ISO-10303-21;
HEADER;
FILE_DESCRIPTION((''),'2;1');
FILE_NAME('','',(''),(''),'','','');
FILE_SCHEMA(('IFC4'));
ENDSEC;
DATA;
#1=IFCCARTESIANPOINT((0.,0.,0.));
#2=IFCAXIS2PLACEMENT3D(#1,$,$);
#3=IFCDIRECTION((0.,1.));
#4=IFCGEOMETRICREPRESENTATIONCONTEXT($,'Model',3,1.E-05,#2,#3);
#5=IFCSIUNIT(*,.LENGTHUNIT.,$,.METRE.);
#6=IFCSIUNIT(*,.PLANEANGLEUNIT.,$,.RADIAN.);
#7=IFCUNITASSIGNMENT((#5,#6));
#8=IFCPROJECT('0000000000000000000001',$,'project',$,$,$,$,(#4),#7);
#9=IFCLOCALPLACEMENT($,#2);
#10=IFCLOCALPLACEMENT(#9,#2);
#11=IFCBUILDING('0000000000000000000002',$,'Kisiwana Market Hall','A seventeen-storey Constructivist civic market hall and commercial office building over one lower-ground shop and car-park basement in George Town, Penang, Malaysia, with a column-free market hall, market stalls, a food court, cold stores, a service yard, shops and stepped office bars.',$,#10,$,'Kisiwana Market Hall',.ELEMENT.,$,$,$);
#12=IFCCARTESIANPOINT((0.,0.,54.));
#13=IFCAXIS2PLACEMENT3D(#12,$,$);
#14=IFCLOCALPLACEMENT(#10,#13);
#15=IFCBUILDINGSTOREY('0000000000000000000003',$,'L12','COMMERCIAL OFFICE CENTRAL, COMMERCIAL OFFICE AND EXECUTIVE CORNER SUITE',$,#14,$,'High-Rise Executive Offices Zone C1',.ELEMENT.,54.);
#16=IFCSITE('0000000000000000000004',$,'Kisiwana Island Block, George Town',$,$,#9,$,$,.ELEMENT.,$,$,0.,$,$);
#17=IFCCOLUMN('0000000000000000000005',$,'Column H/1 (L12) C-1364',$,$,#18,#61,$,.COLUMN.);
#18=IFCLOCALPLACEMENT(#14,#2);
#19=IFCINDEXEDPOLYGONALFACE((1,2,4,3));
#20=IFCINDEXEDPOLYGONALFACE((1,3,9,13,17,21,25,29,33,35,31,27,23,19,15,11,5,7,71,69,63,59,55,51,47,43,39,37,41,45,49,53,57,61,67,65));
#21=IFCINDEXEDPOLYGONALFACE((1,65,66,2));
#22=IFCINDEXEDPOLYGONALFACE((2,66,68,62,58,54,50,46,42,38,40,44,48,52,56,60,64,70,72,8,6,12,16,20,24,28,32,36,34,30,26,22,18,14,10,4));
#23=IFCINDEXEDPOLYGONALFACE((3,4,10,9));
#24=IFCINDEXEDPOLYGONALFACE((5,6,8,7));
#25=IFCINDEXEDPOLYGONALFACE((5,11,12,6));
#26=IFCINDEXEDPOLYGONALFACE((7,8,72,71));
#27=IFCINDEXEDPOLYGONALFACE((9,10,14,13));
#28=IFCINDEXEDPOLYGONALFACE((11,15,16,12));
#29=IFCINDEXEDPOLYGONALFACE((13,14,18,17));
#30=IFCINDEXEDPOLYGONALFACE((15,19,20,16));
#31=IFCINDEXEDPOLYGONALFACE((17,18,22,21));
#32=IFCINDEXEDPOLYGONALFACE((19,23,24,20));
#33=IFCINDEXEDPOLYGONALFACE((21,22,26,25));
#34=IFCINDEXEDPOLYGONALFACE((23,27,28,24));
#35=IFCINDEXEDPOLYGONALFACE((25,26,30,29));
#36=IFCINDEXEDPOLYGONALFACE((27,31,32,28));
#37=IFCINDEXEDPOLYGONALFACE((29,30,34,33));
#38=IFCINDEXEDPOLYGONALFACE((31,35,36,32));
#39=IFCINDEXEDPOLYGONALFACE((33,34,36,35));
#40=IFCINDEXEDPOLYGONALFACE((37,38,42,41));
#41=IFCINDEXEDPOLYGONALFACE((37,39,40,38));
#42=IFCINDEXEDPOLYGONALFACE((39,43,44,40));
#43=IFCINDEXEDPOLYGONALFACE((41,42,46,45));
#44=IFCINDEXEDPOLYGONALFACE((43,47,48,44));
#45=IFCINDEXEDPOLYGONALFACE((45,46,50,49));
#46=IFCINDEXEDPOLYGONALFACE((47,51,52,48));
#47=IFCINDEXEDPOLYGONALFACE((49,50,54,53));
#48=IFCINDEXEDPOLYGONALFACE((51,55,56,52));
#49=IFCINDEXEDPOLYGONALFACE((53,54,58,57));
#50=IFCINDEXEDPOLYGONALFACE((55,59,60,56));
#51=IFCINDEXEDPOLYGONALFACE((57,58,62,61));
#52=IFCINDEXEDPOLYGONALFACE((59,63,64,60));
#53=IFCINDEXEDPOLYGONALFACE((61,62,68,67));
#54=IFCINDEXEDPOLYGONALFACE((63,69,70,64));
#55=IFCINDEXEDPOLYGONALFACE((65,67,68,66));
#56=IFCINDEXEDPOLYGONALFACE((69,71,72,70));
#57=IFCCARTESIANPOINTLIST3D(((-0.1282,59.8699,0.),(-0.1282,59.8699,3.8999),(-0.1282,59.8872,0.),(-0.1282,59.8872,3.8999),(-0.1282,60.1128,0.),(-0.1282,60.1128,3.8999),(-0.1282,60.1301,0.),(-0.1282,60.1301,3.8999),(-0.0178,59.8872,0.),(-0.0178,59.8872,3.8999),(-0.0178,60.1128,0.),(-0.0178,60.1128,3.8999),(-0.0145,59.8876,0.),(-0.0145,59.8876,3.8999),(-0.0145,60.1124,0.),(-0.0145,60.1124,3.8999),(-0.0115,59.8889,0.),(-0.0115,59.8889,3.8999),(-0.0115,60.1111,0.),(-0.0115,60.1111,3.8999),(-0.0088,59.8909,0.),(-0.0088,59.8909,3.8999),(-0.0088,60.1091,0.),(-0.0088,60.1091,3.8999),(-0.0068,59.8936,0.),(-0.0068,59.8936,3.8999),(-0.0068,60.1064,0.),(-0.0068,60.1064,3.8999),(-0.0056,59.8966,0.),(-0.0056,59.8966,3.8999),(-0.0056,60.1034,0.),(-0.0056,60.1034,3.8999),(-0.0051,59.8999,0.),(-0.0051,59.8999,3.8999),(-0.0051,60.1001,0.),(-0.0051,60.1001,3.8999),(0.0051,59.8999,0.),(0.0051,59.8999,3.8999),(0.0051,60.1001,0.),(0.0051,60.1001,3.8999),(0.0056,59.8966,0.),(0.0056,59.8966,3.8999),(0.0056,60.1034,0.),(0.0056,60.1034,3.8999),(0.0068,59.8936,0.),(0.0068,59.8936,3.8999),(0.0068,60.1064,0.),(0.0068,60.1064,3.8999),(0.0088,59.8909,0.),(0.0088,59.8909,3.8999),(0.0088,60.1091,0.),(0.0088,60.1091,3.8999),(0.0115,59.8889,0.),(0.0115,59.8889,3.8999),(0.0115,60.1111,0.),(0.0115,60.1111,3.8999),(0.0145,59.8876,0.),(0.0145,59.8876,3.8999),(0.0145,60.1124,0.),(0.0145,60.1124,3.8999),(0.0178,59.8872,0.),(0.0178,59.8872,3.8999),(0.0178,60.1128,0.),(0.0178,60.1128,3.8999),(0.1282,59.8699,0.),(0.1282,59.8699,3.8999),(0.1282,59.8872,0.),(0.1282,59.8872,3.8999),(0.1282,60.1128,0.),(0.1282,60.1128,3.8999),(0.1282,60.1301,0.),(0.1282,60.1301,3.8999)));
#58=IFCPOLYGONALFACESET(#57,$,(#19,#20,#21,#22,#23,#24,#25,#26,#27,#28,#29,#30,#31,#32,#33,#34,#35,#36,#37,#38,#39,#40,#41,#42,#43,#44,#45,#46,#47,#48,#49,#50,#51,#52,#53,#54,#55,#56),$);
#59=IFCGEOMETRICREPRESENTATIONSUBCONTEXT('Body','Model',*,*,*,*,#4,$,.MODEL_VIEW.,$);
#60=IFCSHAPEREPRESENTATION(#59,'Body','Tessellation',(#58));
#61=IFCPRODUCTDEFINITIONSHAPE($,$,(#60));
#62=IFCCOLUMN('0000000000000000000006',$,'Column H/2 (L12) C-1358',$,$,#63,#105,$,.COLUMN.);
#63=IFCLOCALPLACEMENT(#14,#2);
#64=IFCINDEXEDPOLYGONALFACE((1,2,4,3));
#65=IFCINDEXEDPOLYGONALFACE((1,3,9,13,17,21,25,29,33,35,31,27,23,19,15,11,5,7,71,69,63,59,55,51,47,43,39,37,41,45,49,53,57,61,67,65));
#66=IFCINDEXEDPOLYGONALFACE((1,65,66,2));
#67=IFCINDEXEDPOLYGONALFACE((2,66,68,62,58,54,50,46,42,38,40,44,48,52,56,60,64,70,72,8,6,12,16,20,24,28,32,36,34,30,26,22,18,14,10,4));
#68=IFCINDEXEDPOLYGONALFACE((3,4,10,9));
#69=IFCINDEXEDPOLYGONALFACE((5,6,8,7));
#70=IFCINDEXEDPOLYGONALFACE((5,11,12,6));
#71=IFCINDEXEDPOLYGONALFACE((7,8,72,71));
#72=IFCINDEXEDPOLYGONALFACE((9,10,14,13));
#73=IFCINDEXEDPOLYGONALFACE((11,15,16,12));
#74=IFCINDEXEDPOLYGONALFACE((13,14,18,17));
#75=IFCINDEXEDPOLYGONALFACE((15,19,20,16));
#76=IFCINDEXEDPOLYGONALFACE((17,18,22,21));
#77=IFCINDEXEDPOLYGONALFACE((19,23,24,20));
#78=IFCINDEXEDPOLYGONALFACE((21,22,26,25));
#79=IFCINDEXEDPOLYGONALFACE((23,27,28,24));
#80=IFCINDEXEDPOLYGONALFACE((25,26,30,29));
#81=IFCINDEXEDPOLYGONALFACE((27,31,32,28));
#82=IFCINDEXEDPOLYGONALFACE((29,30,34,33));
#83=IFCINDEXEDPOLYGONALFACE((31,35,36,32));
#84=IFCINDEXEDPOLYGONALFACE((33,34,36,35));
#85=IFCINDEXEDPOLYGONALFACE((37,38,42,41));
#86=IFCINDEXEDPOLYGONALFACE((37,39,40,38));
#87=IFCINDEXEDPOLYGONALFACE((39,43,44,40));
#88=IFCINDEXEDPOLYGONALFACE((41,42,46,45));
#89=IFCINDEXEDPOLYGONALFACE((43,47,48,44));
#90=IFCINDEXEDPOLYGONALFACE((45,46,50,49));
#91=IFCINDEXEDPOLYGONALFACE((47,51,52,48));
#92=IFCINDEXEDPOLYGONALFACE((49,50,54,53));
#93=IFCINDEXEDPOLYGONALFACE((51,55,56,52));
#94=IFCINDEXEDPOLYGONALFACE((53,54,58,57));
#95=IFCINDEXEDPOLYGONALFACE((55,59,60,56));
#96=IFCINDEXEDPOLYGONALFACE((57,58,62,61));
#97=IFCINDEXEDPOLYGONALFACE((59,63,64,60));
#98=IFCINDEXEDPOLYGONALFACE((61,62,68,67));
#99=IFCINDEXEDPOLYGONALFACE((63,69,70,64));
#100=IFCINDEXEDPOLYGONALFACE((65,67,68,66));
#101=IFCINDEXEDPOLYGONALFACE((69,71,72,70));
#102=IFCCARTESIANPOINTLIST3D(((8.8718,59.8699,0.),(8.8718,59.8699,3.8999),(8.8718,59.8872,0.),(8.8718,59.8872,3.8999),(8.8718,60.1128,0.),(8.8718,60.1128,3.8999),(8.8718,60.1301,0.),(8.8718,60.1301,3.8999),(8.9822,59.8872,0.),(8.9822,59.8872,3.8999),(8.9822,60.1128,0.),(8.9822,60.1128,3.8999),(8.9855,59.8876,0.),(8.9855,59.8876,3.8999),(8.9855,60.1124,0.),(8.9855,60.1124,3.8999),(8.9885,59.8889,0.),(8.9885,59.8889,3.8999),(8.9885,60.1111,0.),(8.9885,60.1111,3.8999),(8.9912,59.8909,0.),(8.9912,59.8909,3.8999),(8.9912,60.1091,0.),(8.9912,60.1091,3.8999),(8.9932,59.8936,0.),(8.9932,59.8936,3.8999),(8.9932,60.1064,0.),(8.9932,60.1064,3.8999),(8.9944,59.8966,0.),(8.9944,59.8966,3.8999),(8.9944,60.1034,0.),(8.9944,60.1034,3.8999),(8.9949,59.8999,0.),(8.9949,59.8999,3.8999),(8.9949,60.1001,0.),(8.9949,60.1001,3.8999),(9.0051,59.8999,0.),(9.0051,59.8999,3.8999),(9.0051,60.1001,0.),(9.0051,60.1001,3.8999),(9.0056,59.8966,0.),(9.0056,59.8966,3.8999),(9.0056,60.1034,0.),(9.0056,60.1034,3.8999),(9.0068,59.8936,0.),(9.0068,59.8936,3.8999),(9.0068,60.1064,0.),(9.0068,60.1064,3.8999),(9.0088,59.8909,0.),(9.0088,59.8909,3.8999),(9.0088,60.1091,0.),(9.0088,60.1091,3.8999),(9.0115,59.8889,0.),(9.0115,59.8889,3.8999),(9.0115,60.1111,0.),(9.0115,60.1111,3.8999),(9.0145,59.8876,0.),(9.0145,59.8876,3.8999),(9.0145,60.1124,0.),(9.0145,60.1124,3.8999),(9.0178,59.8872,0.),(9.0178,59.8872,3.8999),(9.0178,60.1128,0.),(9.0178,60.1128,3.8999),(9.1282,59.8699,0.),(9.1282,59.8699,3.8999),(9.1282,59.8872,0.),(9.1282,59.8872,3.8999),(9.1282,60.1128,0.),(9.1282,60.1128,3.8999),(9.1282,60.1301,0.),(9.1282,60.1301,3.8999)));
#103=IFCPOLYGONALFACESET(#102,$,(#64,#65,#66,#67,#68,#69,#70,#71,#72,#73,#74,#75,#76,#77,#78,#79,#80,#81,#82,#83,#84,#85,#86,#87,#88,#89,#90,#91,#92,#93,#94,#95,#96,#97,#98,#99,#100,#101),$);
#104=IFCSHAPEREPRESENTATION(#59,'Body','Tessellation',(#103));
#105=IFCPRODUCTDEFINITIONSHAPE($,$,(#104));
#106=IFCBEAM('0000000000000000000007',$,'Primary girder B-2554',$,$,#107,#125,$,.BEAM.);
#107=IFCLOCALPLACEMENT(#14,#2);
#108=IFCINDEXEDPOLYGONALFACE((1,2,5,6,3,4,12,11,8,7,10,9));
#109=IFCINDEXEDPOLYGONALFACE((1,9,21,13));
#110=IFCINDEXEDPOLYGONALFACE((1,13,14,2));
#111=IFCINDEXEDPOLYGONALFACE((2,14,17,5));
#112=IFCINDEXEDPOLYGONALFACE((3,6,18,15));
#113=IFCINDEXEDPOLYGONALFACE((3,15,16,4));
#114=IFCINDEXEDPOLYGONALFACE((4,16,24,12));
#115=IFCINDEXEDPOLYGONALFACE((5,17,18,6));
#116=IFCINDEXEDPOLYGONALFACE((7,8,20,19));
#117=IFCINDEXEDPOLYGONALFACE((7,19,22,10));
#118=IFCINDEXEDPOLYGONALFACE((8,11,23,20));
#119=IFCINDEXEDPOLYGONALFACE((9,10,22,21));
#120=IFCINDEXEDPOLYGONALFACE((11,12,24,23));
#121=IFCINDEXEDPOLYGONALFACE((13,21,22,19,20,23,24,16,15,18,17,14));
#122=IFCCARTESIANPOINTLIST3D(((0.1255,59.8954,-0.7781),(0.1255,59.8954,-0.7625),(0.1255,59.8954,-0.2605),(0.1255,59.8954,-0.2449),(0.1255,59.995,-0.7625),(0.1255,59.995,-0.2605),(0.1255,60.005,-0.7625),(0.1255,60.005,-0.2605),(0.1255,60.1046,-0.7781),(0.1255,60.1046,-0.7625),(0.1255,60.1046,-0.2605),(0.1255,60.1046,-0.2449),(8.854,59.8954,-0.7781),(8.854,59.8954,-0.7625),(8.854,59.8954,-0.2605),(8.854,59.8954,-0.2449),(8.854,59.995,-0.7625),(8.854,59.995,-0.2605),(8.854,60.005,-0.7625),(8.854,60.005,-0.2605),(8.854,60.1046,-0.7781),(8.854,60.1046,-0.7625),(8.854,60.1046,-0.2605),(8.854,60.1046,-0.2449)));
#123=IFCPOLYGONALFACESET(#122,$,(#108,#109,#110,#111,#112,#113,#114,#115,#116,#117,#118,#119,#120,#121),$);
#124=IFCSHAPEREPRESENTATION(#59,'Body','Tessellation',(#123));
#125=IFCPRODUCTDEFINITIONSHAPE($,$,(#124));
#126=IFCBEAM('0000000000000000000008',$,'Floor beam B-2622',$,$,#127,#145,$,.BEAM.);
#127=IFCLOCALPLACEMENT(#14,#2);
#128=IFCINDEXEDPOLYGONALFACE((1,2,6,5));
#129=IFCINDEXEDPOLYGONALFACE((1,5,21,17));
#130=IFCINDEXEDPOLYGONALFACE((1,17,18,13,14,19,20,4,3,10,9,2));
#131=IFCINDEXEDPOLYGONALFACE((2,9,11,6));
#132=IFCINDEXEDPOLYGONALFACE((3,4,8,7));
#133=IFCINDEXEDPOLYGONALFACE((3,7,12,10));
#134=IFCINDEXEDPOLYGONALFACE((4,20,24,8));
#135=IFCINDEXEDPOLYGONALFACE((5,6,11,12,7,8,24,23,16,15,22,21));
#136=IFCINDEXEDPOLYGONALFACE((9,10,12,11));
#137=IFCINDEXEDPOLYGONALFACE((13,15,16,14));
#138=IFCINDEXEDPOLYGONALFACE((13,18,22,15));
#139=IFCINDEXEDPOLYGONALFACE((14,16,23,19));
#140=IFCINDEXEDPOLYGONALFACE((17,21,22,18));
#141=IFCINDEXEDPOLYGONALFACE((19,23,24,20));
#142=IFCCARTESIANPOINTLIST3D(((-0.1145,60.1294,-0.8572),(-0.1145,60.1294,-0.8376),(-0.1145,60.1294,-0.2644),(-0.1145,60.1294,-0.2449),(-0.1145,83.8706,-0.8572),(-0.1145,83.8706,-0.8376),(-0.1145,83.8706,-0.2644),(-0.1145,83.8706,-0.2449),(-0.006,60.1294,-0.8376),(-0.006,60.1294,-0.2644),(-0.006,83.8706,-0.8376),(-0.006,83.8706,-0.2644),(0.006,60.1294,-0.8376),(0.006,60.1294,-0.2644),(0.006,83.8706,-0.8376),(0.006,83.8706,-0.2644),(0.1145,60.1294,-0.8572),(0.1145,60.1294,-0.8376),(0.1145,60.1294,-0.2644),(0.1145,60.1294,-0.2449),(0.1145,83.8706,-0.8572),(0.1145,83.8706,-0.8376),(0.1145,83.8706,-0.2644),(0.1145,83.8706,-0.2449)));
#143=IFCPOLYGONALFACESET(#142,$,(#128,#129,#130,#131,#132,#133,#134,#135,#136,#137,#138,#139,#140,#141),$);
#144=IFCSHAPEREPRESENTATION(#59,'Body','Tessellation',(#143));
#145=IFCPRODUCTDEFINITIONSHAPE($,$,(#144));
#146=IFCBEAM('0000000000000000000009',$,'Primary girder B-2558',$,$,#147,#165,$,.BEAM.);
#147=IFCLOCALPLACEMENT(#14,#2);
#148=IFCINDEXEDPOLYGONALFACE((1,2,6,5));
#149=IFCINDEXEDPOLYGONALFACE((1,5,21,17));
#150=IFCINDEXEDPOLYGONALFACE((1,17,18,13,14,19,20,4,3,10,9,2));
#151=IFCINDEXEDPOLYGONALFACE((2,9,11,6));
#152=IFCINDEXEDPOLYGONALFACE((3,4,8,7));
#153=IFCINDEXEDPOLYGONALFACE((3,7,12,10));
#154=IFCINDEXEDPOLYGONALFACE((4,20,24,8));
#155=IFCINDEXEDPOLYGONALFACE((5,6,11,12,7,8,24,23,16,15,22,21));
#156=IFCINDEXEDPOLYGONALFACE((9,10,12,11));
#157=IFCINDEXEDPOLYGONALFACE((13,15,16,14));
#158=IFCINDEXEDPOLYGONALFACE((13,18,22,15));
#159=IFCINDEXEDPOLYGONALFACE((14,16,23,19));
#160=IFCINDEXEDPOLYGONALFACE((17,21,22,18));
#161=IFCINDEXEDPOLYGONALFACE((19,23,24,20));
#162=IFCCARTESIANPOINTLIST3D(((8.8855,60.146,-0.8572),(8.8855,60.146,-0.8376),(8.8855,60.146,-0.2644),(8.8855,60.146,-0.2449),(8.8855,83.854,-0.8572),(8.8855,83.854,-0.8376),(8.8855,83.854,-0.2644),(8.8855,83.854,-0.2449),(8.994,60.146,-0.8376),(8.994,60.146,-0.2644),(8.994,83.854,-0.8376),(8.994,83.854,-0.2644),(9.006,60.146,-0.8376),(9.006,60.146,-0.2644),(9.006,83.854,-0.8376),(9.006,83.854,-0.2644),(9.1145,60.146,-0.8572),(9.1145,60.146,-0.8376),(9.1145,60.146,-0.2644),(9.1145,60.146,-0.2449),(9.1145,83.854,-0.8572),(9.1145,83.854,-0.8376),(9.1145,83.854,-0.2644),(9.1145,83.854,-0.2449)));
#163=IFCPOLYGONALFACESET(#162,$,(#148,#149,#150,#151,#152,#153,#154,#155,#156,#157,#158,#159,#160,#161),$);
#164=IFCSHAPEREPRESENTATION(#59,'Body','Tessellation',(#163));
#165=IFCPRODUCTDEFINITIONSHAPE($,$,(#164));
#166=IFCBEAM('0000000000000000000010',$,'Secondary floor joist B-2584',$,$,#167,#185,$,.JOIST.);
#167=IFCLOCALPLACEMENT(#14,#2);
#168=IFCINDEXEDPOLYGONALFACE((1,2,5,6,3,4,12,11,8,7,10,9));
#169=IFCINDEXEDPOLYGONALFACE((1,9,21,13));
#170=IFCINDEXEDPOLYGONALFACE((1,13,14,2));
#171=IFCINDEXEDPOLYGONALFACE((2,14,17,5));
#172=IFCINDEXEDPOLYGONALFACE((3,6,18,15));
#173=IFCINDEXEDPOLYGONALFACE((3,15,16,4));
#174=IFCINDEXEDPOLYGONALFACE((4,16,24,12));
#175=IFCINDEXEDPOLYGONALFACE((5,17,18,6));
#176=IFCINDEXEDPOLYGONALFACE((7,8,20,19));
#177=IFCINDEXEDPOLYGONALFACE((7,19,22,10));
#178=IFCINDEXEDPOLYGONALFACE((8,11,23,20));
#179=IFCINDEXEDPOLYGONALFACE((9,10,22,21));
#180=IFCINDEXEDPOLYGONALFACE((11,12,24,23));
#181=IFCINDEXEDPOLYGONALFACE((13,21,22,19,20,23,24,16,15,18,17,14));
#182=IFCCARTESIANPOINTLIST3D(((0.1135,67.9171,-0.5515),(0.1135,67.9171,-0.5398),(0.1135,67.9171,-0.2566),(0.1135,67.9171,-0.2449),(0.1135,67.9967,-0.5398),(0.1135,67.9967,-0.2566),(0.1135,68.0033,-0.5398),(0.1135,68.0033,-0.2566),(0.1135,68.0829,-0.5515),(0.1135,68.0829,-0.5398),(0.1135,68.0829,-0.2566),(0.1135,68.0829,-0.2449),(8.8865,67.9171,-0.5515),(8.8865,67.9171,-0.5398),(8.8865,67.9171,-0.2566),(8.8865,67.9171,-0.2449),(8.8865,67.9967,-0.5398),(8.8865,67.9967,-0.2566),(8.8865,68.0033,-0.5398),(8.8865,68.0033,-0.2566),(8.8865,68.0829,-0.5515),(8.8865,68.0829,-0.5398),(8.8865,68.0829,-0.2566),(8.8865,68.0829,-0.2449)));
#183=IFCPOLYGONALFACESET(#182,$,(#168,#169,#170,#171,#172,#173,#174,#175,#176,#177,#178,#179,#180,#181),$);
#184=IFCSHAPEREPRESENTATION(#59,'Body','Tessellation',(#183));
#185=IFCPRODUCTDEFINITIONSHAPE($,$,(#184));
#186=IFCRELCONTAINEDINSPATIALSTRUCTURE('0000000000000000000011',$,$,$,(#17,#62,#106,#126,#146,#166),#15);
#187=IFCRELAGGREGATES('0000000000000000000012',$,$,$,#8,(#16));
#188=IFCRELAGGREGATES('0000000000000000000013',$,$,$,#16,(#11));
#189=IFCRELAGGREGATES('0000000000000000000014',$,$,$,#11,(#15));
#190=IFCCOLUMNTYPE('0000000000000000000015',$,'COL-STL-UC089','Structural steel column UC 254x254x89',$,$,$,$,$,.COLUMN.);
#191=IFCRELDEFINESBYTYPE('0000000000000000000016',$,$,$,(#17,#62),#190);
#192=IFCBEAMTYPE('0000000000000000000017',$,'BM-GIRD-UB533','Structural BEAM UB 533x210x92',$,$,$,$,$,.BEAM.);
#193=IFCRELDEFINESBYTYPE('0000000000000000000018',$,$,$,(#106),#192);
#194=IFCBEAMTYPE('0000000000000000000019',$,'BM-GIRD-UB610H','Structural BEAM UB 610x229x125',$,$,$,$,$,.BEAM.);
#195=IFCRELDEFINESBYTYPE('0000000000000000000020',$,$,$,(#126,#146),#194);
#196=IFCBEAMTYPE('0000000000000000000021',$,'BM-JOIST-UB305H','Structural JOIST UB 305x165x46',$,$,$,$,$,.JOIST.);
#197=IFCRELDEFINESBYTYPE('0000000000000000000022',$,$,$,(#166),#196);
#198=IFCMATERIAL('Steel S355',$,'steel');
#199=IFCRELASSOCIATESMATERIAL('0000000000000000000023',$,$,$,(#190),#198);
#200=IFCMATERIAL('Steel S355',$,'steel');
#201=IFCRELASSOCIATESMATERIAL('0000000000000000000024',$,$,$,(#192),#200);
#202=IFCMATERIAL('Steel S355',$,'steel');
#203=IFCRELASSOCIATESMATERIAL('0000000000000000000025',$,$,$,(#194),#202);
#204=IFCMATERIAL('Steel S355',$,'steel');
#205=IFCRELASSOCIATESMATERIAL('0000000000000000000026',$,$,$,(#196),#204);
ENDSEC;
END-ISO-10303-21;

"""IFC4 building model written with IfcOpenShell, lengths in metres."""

from ifc_helpers import new_model, si_unit, direction, frame, origin, origin_2d, place, context, subcontext, project, spatial, i_section, extrude, material, material_profile, profile_set, type_object, element, save


model = new_model("IFC4")

# Units and contexts
model_context = context("Model", 3, precision=1e-05, world=origin(), true_north=direction((0.0, 1.0)))
body_context = subcontext(model_context, "Body", "Model", "MODEL_VIEW")
ifc_project = project(units=[si_unit("LENGTHUNIT", "METRE"), si_unit("PLANEANGLEUNIT", "RADIAN")], contexts=[model_context])

# Site, building, storey
site_placement = place(None, origin())
site = spatial("IfcSite", under=ifc_project, at=site_placement, Name="Kisiwana Island Block, George Town", CompositionType="ELEMENT", RefElevation=0.0)
building_placement = place(site_placement, origin())
building = spatial("IfcBuilding", under=site, at=building_placement, Name="Kisiwana Market Hall", Description="A seventeen-storey Constructivist civic market hall and commercial office building over one lower-ground shop and car-park basement in George Town, Penang, Malaysia, with a column-free market hall, market stalls, a food court, cold stores, a service yard, shops and stepped office bars.", LongName="Kisiwana Market Hall", CompositionType="ELEMENT")
storey_placement = place(building_placement, frame((0.0, 0.0, 54.0)))
storey = spatial("IfcBuildingStorey", under=building, at=storey_placement, Name="L12", Description="COMMERCIAL OFFICE CENTRAL, COMMERCIAL OFFICE AND EXECUTIVE CORNER SUITE", LongName="High-Rise Executive Offices Zone C1", CompositionType="ELEMENT", Elevation=54.0)

# Columns
ifc_material_1 = material(Name="Steel S355", Category="steel")
ifc_material_profile_1 = material_profile(ifc_material_1, i_section(OverallWidth=0.2563, OverallDepth=0.2603, WebThickness=0.0103, FlangeThickness=0.0173, FilletRadius=0.0127, at=origin_2d()), Name="UC 254x254x89")
ifc_profile_set_1 = profile_set([ifc_material_profile_1], Name="Steel S355")
column_type = type_object("IfcColumnType", Name="COL-STL-UC089", Description="Structural steel column UC 254x254x89", PredefinedType="COLUMN", material=ifc_profile_set_1)
for number, where, z_axis, x_axis, name in (
    (1, (0.0, 60.0, 0.0), (0.0, 0.0, 1.0), (1.0, 0.0, 0.0), "Column H/1 (L12) C-1364"),
    (2, (9.0, 60.0, 0.0), (0.0, 0.0, 1.0), (1.0, 0.0, 0.0), "Column H/2 (L12) C-1358"),
):
    element("IfcColumn", number, at=place(storey_placement, frame(where, z_axis=z_axis, x_axis=x_axis)), inside=storey, type_object=column_type, Name=name, PredefinedType="COLUMN", context=body_context, shape_type="SweptSolid", body=[
        extrude(i_section(OverallWidth=0.2563, OverallDepth=0.2603, WebThickness=0.0103, FlangeThickness=0.0173, FilletRadius=0.0127, at=origin_2d()), origin(), (0.0, 0.0, 1.0), 3.8999),
    ])

# Beams
ifc_material_2 = material(Name="Steel S355", Category="steel")
ifc_material_profile_2 = material_profile(ifc_material_2, i_section(OverallWidth=0.2092, OverallDepth=0.5332, WebThickness=0.01, FlangeThickness=0.0156, at=origin_2d()), Name="UB 533x210x92")
ifc_profile_set_2 = profile_set([ifc_material_profile_2], Name="Steel S355")
beam_type_1 = type_object("IfcBeamType", Name="BM-GIRD-UB533", Description="Structural BEAM UB 533x210x92", PredefinedType="BEAM", material=ifc_profile_set_2)
beam_1_placement = place(storey_placement, frame((0.1255, 60.0, -0.5115), z_axis=(1.0, 0.0, 0.0), x_axis=(0.0, 1.0, 0.0)))
element("IfcBeam", 3, at=beam_1_placement, inside=storey, type_object=beam_type_1, Name="Primary girder B-2554", PredefinedType="BEAM", context=body_context, shape_type="SweptSolid", body=[
    extrude(i_section(OverallWidth=0.2092, OverallDepth=0.5332, WebThickness=0.01, FlangeThickness=0.0156, at=origin_2d()), origin(), (0.0, 0.0, 1.0), 8.7285),
])
ifc_material_3 = material(Name="Steel S355", Category="steel")
ifc_material_profile_3 = material_profile(ifc_material_3, i_section(OverallWidth=0.229, OverallDepth=0.6123, WebThickness=0.012, FlangeThickness=0.0195, at=origin_2d()), Name="UB 610x229x125")
ifc_profile_set_3 = profile_set([ifc_material_profile_3], Name="Steel S355")
beam_type_2 = type_object("IfcBeamType", Name="BM-GIRD-UB610H", Description="Structural BEAM UB 610x229x125", PredefinedType="BEAM", material=ifc_profile_set_3)
beam_2_placement = place(storey_placement, frame((0.0, 60.1294, -0.551), z_axis=(0.0, 1.0, 0.0), x_axis=(-1.0, 0.0, 0.0)))
element("IfcBeam", 4, at=beam_2_placement, inside=storey, type_object=beam_type_2, Name="Floor beam B-2622", PredefinedType="BEAM", context=body_context, shape_type="SweptSolid", body=[
    extrude(i_section(OverallWidth=0.229, OverallDepth=0.6123, WebThickness=0.012, FlangeThickness=0.0195, at=origin_2d()), origin(), (0.0, 0.0, 1.0), 23.7412),
])
beam_3_placement = place(storey_placement, frame((9.0, 60.146, -0.551), z_axis=(0.0, 1.0, 0.0), x_axis=(-1.0, 0.0, 0.0)))
element("IfcBeam", 5, at=beam_3_placement, inside=storey, type_object=beam_type_2, Name="Primary girder B-2558", PredefinedType="BEAM", context=body_context, shape_type="SweptSolid", body=[
    extrude(i_section(OverallWidth=0.229, OverallDepth=0.6123, WebThickness=0.012, FlangeThickness=0.0195, at=origin_2d()), origin(), (0.0, 0.0, 1.0), 23.708),
])
ifc_material_4 = material(Name="Steel S355", Category="steel")
ifc_material_profile_4 = material_profile(ifc_material_4, i_section(OverallWidth=0.1658, OverallDepth=0.3066, WebThickness=0.0066, FlangeThickness=0.0117, at=origin_2d()), Name="UB 305x165x46")
ifc_profile_set_4 = profile_set([ifc_material_profile_4], Name="Steel S355")
beam_type_3 = type_object("IfcBeamType", Name="BM-JOIST-UB305H", Description="Structural JOIST UB 305x165x46", PredefinedType="JOIST", material=ifc_profile_set_4)
for number, where, z_axis, x_axis, name in (
    (6, (0.1135, 68.0, -0.3982), (1.0, 0.0, 0.0), (0.0, 1.0, 0.0), "Secondary floor joist B-2584"),
):
    element("IfcBeam", number, at=place(storey_placement, frame(where, z_axis=z_axis, x_axis=x_axis)), inside=storey, type_object=beam_type_3, Name=name, PredefinedType="JOIST", context=body_context, shape_type="SweptSolid", body=[
        extrude(i_section(OverallWidth=0.1658, OverallDepth=0.3066, WebThickness=0.0066, FlangeThickness=0.0117, at=origin_2d()), origin(), (0.0, 0.0, 1.0), 8.7729),
    ])

save(model, "model.ifc")
